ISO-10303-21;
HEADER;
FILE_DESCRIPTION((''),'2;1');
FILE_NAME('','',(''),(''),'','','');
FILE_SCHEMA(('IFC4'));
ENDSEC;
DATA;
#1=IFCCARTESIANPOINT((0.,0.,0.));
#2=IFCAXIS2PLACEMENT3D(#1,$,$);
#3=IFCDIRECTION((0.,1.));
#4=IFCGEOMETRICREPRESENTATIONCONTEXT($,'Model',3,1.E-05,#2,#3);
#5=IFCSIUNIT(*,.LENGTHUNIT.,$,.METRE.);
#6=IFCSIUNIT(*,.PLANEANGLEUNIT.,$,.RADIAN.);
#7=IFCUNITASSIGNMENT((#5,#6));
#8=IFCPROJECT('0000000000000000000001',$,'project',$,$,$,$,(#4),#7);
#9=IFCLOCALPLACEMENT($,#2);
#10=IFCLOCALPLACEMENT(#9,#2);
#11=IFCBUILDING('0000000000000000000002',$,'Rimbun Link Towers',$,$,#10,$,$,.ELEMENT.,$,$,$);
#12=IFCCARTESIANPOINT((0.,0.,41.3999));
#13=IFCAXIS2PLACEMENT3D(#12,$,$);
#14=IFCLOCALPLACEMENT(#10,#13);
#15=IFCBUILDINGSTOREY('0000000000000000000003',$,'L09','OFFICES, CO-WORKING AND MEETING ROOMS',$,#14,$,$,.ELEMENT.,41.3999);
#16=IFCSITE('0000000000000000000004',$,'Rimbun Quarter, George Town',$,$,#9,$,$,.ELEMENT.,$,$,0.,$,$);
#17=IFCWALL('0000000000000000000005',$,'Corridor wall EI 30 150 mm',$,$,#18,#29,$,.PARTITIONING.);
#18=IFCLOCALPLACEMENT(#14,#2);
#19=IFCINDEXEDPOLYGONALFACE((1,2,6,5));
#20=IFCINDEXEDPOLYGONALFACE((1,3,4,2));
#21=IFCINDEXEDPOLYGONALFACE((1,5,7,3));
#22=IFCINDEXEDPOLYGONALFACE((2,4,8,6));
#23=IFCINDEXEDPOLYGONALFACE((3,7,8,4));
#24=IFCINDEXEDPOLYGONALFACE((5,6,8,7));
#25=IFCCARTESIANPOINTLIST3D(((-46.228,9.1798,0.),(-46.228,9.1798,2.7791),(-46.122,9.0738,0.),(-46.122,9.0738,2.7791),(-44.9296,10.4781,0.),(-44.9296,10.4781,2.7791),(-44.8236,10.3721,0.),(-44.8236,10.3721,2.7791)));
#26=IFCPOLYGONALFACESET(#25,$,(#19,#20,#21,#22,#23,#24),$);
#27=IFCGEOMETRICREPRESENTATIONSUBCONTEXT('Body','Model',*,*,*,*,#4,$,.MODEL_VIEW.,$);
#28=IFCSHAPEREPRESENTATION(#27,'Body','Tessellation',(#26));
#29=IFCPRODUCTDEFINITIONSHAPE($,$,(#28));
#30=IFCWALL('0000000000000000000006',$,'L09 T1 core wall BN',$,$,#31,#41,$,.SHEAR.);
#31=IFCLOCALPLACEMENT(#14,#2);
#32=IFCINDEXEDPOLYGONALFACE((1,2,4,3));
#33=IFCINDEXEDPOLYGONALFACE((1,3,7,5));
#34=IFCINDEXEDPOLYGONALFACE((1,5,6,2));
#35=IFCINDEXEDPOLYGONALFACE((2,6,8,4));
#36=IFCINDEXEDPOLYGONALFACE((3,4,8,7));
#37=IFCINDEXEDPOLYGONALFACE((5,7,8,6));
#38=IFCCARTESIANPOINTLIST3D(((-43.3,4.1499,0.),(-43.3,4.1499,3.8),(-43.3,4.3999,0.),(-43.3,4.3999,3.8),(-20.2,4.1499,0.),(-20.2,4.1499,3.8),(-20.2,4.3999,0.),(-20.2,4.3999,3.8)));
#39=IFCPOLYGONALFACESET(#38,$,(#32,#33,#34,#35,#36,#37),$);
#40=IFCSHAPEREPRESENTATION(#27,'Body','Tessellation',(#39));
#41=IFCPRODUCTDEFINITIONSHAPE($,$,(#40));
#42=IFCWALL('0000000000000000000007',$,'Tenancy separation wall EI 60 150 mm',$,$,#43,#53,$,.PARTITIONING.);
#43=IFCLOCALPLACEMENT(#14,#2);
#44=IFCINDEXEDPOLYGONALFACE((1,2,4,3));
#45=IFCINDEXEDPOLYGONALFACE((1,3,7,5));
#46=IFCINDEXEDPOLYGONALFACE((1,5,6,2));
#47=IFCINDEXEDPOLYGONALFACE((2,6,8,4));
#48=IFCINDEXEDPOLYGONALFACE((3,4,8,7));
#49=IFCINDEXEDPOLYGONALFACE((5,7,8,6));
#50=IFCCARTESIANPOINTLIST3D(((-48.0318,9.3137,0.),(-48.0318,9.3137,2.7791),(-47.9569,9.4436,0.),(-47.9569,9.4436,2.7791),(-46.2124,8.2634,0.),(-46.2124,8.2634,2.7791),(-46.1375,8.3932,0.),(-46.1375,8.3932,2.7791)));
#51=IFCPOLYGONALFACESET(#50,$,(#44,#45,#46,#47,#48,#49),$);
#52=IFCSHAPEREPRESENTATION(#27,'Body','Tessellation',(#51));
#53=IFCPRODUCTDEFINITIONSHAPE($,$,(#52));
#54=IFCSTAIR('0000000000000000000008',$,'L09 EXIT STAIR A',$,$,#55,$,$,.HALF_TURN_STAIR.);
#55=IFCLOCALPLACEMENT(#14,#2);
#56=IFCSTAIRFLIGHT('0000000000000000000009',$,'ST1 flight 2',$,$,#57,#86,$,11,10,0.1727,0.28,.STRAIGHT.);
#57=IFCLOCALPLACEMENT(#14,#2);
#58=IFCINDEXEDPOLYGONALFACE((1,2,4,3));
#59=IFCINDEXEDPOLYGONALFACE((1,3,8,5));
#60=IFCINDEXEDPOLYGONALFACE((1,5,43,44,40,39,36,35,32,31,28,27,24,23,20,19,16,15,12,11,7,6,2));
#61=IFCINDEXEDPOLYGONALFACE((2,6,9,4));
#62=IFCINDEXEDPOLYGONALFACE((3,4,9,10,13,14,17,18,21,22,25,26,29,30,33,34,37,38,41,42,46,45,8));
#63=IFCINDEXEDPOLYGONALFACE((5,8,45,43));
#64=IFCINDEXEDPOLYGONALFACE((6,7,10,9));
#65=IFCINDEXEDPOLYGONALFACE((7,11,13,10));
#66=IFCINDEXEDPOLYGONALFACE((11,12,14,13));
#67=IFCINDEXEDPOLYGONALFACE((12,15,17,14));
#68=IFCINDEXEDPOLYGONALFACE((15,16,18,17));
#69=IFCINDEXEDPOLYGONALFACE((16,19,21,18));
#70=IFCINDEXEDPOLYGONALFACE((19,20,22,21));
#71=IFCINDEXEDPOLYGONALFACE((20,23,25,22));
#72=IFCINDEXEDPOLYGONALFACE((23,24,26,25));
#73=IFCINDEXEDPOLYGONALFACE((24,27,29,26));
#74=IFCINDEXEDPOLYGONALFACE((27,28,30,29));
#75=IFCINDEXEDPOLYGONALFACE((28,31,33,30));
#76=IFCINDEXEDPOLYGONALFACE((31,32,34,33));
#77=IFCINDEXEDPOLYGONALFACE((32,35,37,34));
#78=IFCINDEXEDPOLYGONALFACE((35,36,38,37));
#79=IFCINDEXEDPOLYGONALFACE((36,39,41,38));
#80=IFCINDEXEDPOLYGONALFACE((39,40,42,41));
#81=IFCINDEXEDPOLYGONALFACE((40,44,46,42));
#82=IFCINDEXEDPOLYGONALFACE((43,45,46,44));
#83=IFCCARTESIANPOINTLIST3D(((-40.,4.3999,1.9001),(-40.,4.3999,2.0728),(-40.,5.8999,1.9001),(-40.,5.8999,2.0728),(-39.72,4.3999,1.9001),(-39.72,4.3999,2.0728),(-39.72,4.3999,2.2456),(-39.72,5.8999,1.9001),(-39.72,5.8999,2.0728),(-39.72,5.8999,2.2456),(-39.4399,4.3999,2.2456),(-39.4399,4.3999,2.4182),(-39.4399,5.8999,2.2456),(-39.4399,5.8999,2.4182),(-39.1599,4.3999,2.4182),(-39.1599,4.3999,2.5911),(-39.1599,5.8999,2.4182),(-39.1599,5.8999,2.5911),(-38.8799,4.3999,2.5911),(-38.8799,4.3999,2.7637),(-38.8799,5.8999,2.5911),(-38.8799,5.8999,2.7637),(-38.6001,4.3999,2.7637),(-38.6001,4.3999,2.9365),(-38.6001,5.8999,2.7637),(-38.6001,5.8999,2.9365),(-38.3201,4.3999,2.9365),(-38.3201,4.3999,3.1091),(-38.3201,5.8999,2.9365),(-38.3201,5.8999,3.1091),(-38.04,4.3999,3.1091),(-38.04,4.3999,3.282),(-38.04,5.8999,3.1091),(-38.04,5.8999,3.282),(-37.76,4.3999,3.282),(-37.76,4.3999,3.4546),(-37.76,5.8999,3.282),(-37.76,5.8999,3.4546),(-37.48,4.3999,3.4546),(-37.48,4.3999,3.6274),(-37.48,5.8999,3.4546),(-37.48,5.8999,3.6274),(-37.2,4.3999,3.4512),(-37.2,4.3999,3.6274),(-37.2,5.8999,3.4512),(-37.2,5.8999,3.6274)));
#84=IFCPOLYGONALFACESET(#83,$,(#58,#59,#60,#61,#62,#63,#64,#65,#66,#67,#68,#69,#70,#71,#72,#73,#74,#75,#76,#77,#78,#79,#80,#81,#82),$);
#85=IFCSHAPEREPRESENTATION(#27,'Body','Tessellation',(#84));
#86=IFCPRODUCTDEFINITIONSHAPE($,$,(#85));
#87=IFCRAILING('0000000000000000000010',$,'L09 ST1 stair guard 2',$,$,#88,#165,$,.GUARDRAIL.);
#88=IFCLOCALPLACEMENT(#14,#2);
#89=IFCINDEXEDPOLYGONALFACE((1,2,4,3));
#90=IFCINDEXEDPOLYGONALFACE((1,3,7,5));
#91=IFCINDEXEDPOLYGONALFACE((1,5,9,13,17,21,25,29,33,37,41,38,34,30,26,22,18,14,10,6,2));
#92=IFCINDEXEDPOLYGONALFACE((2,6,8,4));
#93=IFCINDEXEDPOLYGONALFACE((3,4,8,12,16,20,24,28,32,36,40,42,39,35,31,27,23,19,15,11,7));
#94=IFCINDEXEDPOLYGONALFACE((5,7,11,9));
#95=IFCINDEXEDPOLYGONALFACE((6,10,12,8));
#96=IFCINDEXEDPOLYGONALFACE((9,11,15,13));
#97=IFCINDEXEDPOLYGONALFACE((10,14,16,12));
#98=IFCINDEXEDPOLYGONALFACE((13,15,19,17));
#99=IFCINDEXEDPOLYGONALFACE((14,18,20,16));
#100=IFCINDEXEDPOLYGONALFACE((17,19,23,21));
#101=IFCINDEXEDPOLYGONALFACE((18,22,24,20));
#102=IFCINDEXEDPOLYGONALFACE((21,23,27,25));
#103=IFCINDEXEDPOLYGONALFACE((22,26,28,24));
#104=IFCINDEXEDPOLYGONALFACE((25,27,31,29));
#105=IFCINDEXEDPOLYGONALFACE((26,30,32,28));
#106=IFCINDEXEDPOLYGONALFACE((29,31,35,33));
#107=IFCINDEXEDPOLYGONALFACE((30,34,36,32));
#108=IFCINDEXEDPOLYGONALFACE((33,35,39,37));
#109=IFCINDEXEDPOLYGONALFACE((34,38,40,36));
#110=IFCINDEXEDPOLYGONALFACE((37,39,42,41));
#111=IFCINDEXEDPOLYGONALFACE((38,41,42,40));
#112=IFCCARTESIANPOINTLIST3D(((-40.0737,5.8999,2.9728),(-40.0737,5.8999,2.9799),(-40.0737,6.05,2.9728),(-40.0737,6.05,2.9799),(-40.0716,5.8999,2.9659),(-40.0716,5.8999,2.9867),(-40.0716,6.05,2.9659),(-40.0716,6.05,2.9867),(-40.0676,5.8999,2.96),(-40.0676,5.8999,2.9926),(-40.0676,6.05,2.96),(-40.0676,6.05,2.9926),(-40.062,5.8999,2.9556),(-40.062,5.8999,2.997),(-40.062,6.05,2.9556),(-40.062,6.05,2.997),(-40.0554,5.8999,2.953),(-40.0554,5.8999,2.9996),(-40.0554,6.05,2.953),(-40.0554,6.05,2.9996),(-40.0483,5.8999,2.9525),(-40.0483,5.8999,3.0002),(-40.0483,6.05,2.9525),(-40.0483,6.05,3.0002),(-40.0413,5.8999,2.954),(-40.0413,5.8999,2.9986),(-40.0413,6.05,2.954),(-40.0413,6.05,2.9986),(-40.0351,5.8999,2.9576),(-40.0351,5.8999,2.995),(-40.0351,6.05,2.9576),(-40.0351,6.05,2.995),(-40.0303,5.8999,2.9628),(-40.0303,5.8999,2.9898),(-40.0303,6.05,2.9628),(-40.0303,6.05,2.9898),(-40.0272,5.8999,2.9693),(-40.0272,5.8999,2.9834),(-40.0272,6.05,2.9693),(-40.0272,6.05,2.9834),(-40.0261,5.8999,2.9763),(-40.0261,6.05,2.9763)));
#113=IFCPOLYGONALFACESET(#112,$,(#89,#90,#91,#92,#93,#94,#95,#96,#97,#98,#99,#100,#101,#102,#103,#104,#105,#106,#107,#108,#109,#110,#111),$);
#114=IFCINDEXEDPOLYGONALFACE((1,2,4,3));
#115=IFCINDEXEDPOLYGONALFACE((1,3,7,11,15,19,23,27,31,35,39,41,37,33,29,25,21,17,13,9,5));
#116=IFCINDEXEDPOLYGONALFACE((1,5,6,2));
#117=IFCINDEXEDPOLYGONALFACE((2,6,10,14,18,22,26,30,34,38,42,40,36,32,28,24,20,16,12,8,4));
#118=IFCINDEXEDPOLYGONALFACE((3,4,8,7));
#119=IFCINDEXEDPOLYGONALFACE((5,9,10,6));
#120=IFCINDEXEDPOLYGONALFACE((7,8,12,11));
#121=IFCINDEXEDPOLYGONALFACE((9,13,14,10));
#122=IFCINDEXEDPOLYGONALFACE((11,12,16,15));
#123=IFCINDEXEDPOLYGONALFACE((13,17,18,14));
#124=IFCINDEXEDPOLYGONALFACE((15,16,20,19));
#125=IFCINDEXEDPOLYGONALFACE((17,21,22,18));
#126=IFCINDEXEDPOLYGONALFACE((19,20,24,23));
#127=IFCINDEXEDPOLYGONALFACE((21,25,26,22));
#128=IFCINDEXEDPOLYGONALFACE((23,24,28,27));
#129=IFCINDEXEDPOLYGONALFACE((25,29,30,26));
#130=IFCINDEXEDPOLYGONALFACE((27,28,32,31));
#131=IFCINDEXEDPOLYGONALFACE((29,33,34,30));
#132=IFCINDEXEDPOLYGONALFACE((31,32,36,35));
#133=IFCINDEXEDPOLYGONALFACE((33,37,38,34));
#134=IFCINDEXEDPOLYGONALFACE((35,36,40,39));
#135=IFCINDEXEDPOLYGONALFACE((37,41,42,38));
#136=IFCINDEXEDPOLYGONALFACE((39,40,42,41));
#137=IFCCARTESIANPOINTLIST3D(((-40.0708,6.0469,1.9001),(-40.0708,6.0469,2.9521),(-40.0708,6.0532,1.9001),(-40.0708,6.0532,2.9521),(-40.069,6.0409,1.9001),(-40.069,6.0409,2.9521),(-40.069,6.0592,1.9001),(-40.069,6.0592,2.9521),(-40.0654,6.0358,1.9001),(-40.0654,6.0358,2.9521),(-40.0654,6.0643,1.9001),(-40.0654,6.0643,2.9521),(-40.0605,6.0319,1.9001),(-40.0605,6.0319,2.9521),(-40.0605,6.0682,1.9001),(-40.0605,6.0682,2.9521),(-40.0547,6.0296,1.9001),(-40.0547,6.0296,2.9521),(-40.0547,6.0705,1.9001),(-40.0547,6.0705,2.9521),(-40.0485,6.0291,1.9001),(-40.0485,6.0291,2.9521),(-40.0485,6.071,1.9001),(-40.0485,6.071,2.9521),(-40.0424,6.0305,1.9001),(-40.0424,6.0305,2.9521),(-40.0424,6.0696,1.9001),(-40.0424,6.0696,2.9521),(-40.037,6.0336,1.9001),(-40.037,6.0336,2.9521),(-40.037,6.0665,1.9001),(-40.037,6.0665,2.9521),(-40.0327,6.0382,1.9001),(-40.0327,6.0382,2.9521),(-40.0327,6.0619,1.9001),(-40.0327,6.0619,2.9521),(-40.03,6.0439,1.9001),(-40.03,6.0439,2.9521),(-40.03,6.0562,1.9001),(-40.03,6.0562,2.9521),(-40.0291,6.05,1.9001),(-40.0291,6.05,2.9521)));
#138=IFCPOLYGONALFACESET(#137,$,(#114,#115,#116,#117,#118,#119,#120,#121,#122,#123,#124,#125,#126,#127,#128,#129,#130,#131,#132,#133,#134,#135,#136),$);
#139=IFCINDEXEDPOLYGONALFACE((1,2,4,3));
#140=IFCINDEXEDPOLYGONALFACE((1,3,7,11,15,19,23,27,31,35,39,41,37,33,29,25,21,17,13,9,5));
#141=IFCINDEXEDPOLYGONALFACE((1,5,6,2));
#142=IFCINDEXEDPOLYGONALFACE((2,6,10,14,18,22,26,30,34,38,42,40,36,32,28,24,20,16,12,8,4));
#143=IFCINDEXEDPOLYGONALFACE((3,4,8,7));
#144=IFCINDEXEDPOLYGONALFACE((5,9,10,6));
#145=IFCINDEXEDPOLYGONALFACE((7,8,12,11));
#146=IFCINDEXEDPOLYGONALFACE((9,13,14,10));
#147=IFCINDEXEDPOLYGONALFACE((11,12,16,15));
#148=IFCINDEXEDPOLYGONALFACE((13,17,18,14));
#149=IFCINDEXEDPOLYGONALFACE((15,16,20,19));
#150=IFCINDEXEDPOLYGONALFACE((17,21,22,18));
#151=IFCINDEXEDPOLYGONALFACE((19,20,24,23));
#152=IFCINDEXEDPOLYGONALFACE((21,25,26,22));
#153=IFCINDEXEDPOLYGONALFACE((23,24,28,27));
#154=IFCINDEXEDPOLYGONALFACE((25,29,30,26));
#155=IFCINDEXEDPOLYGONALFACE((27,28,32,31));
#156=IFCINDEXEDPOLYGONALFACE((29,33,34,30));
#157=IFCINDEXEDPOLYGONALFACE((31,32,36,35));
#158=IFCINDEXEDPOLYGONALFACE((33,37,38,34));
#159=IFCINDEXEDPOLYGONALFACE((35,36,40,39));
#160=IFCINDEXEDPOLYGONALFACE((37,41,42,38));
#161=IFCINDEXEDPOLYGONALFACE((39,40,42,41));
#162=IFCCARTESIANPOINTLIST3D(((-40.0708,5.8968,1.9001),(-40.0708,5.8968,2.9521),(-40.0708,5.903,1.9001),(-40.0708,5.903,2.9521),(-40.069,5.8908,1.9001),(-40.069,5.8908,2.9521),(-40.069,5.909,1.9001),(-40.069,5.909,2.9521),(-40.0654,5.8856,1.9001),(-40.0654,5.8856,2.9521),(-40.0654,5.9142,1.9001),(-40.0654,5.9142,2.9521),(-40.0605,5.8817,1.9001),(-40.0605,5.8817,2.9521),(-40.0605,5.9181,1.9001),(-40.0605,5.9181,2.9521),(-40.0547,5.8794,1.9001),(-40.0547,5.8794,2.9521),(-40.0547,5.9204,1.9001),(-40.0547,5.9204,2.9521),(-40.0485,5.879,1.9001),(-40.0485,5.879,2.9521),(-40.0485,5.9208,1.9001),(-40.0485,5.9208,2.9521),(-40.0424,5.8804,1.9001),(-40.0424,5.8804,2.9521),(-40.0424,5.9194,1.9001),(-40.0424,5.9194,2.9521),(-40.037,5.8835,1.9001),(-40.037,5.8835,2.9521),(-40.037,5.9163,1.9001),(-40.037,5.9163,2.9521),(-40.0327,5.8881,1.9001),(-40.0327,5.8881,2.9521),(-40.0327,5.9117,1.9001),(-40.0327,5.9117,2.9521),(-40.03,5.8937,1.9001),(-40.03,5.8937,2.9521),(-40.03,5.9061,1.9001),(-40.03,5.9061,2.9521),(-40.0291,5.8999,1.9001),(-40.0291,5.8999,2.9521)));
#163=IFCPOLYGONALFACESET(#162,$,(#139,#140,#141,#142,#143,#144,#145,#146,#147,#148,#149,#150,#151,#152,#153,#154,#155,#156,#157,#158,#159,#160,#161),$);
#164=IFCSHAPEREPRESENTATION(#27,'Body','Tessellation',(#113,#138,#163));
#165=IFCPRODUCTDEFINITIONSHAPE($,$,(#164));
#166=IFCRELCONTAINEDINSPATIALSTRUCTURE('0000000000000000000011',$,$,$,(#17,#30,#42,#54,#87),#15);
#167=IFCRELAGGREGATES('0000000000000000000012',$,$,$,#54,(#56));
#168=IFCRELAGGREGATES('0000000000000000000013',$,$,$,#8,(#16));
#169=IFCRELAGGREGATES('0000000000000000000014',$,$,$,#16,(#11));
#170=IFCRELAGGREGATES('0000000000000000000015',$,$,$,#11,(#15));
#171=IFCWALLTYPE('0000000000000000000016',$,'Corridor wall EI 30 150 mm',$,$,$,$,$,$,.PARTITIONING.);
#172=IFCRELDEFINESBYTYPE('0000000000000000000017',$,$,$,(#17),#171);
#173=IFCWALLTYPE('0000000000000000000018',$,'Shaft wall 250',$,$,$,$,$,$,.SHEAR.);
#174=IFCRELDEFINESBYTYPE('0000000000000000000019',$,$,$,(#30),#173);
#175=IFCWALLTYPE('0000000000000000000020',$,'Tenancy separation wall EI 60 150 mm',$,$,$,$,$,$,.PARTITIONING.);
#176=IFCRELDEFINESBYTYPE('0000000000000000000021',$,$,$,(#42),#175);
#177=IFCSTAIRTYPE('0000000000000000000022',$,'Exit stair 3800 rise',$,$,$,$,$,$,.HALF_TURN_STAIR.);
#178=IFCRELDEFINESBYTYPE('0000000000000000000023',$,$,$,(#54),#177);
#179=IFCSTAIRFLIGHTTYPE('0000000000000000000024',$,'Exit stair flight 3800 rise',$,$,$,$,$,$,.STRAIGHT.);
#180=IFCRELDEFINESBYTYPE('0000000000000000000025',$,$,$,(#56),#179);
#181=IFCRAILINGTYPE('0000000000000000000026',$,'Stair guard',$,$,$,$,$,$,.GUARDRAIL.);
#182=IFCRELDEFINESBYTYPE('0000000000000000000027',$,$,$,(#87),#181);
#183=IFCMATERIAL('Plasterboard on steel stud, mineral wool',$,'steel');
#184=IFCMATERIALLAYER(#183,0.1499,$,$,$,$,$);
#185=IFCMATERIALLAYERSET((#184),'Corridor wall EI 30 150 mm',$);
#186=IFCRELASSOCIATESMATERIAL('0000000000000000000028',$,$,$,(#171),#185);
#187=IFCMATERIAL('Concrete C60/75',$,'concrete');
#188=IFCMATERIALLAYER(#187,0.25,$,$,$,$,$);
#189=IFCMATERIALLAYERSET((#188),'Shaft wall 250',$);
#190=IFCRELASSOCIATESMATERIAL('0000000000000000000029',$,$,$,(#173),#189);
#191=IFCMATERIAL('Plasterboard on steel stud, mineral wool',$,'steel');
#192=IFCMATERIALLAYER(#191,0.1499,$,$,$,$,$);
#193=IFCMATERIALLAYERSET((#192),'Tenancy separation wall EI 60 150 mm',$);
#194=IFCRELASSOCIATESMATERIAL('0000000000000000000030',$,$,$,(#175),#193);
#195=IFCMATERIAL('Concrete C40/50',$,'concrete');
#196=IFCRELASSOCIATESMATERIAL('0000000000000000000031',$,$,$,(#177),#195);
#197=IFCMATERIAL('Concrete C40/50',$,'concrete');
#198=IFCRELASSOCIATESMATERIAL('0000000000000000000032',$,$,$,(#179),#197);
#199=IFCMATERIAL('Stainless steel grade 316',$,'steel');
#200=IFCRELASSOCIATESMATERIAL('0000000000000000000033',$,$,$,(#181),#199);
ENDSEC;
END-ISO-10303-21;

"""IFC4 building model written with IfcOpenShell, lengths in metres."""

from ifc_helpers import new_model, si_unit, direction, frame, frame_2d, origin, origin_2d, place, context, subcontext, project, spatial, polyline, rectangle, circle, outline, extrude, material, layer, layer_set, type_object, element, aggregate, save


model = new_model("IFC4")

# Units and contexts
model_context = context("Model", 3, precision=1e-05, world=origin(), true_north=direction((0.0, 1.0)))
body_context = subcontext(model_context, "Body", "Model", "MODEL_VIEW")
ifc_project = project(units=[si_unit("LENGTHUNIT", "METRE"), si_unit("PLANEANGLEUNIT", "RADIAN")], contexts=[model_context])

# Site, building, storey
site_placement = place(None, origin())
site = spatial("IfcSite", under=ifc_project, at=site_placement, Name="Rimbun Quarter, George Town", CompositionType="ELEMENT", RefElevation=0.0)
building_placement = place(site_placement, origin())
building = spatial("IfcBuilding", under=site, at=building_placement, Name="Rimbun Link Towers", CompositionType="ELEMENT")
storey_placement = place(building_placement, frame((0.0, 0.0, 41.3999)))
storey = spatial("IfcBuildingStorey", under=building, at=storey_placement, Name="L09", Description="OFFICES, CO-WORKING AND MEETING ROOMS", CompositionType="ELEMENT", Elevation=41.3999)

# Shared definitions
ifc_material_1 = material(Name="Plasterboard on steel stud, mineral wool", Category="steel")
ifc_layer_1 = layer(ifc_material_1, 0.1499)
ifc_layer_set_1 = layer_set([ifc_layer_1], Name="Corridor wall EI 30 150 mm")
wall_type_1 = type_object("IfcWallType", Name="Corridor wall EI 30 150 mm", PredefinedType="PARTITIONING", material=ifc_layer_set_1)

# Walls
wall_1_placement = place(storey_placement, frame((-44.8767, 10.425, 0.0), z_axis=(0.0, 0.0, 1.0), x_axis=(-0.707107, -0.707107, 0.0)))
element("IfcWall", 1, at=wall_1_placement, inside=storey, type_object=wall_type_1, Name="Corridor wall EI 30 150 mm", PredefinedType="PARTITIONING", context=body_context, shape_type="SweptSolid", body=[
    extrude(rectangle(XDim=1.8362, YDim=0.1499, at=frame_2d((0.918, 0.0))), origin(), (0.0, 0.0, 1.0), 2.7791),
])
ifc_material_2 = material(Name="Concrete C60/75", Category="concrete")
ifc_layer_2 = layer(ifc_material_2, 0.25)
ifc_layer_set_2 = layer_set([ifc_layer_2], Name="Shaft wall 250")
wall_type_2 = type_object("IfcWallType", Name="Shaft wall 250", PredefinedType="SHEAR", material=ifc_layer_set_2)
wall_2_placement = place(storey_placement, frame((-43.3, 4.2749, 0.0), z_axis=(0.0, 0.0, 1.0), x_axis=(1.0, 0.0, 0.0)))
element("IfcWall", 2, at=wall_2_placement, inside=storey, type_object=wall_type_2, Name="L09 T1 core wall BN", PredefinedType="SHEAR", context=body_context, shape_type="SweptSolid", body=[
    extrude(rectangle(XDim=23.1001, YDim=0.25, at=frame_2d((11.55, 0.0))), origin(), (0.0, 0.0, 1.0), 3.8),
])
ifc_material_3 = material(Name="Plasterboard on steel stud, mineral wool", Category="steel")
ifc_layer_3 = layer(ifc_material_3, 0.1499)
ifc_layer_set_3 = layer_set([ifc_layer_3], Name="Tenancy separation wall EI 60 150 mm")
wall_type_3 = type_object("IfcWallType", Name="Tenancy separation wall EI 60 150 mm", PredefinedType="PARTITIONING", material=ifc_layer_set_3)
wall_3_placement = place(storey_placement, frame((-46.175, 8.3284, 0.0), z_axis=(0.0, 0.0, 1.0), x_axis=(-0.866046, 0.499964, 0.0)))
element("IfcWall", 3, at=wall_3_placement, inside=storey, type_object=wall_type_3, Name="Tenancy separation wall EI 60 150 mm", PredefinedType="PARTITIONING", context=body_context, shape_type="SweptSolid", body=[
    extrude(rectangle(XDim=2.1008, YDim=0.1499, at=frame_2d((1.0503, 0.0))), origin(), (0.0, 0.0, 1.0), 2.7791),
])

# Stair, stair flight
ifc_material_4 = material(Name="Concrete C40/50", Category="concrete")
stair_type = type_object("IfcStairType", Name="Exit stair 3800 rise", PredefinedType="HALF_TURN_STAIR", material=ifc_material_4)
stair_placement = place(storey_placement, origin())
stair = element("IfcStair", 4, at=stair_placement, inside=storey, type_object=stair_type, Name="L09 EXIT STAIR A", PredefinedType="HALF_TURN_STAIR")
ifc_material_5 = material(Name="Concrete C40/50", Category="concrete")
stair_flight_type = type_object("IfcStairFlightType", Name="Exit stair flight 3800 rise", PredefinedType="STRAIGHT", material=ifc_material_5)
stair_flight_placement = place(storey_placement, frame((-40.0, 5.1499, 1.9001), z_axis=(0.0, 0.0, 1.0), x_axis=(1.0, 0.0, 0.0)))
stair_flight = element("IfcStairFlight", 5, at=stair_flight_placement, type_object=stair_flight_type, Name="ST1 flight 2", NumberOfRisers=11, NumberOfTreads=10, PredefinedType="STRAIGHT", RiserHeight=0.1727, TreadLength=0.28, context=body_context, shape_type="SweptSolid", body=[
    extrude(outline(polyline([(0.0, 0.0), (0.0, 0.1726), (0.28, 0.1726), (0.28, 0.3455), (0.5601, 0.3455), (0.5601, 0.5181), (0.8401, 0.5181), (0.8401, 0.6909), (1.1201, 0.6909), (1.1201, 0.8635), (1.3999, 0.8635), (1.3999, 1.0364), (1.6799, 1.0364), (1.6799, 1.209), (1.96, 1.209), (1.96, 1.3818), (2.24, 1.3818), (2.24, 1.5544), (2.52, 1.5544), (2.52, 1.7273), (2.8, 1.7273), (2.8, 1.8999), (2.8, 1.551), (0.28, 0.0), (0.0, 0.0)])), frame((0.0, 0.75, 0.0), z_axis=(0.0, -1.0, 0.0), x_axis=(1.0, 0.0, 0.0)), (0.0, 0.0, 1.0), 1.5),
])
aggregate(stair, [stair_flight])

# Railing
ifc_material_6 = material(Name="Stainless steel grade 316", Category="steel")
railing_type_1 = type_object("IfcRailingType", Name="Stair guard", PredefinedType="GUARDRAIL", material=ifc_material_6)
railing_1_placement = place(storey_placement, frame((-40.05, 6.05, 1.9001)))
element("IfcRailing", 6, at=railing_1_placement, inside=storey, type_object=railing_type_1, Name="L09 ST1 stair guard 2", PredefinedType="GUARDRAIL", context=body_context, shape_type="SweptSolid", body=[
    extrude(circle(Radius=0.0239, at=origin_2d()), frame((0.0, 0.0, 1.0762), z_axis=(0.0, -1.0, 0.0), x_axis=(1.0, 0.0, 0.0)), (0.0, 0.0, 1.0), 0.1501),
    extrude(circle(Radius=0.021, at=origin_2d()), origin(), (0.0, 0.0, 1.0), 1.052),
    extrude(circle(Radius=0.021, at=origin_2d()), frame((0.0, -0.1501, 0.0)), (0.0, 0.0, 1.0), 1.052),
])

save(model, "model.ifc")
